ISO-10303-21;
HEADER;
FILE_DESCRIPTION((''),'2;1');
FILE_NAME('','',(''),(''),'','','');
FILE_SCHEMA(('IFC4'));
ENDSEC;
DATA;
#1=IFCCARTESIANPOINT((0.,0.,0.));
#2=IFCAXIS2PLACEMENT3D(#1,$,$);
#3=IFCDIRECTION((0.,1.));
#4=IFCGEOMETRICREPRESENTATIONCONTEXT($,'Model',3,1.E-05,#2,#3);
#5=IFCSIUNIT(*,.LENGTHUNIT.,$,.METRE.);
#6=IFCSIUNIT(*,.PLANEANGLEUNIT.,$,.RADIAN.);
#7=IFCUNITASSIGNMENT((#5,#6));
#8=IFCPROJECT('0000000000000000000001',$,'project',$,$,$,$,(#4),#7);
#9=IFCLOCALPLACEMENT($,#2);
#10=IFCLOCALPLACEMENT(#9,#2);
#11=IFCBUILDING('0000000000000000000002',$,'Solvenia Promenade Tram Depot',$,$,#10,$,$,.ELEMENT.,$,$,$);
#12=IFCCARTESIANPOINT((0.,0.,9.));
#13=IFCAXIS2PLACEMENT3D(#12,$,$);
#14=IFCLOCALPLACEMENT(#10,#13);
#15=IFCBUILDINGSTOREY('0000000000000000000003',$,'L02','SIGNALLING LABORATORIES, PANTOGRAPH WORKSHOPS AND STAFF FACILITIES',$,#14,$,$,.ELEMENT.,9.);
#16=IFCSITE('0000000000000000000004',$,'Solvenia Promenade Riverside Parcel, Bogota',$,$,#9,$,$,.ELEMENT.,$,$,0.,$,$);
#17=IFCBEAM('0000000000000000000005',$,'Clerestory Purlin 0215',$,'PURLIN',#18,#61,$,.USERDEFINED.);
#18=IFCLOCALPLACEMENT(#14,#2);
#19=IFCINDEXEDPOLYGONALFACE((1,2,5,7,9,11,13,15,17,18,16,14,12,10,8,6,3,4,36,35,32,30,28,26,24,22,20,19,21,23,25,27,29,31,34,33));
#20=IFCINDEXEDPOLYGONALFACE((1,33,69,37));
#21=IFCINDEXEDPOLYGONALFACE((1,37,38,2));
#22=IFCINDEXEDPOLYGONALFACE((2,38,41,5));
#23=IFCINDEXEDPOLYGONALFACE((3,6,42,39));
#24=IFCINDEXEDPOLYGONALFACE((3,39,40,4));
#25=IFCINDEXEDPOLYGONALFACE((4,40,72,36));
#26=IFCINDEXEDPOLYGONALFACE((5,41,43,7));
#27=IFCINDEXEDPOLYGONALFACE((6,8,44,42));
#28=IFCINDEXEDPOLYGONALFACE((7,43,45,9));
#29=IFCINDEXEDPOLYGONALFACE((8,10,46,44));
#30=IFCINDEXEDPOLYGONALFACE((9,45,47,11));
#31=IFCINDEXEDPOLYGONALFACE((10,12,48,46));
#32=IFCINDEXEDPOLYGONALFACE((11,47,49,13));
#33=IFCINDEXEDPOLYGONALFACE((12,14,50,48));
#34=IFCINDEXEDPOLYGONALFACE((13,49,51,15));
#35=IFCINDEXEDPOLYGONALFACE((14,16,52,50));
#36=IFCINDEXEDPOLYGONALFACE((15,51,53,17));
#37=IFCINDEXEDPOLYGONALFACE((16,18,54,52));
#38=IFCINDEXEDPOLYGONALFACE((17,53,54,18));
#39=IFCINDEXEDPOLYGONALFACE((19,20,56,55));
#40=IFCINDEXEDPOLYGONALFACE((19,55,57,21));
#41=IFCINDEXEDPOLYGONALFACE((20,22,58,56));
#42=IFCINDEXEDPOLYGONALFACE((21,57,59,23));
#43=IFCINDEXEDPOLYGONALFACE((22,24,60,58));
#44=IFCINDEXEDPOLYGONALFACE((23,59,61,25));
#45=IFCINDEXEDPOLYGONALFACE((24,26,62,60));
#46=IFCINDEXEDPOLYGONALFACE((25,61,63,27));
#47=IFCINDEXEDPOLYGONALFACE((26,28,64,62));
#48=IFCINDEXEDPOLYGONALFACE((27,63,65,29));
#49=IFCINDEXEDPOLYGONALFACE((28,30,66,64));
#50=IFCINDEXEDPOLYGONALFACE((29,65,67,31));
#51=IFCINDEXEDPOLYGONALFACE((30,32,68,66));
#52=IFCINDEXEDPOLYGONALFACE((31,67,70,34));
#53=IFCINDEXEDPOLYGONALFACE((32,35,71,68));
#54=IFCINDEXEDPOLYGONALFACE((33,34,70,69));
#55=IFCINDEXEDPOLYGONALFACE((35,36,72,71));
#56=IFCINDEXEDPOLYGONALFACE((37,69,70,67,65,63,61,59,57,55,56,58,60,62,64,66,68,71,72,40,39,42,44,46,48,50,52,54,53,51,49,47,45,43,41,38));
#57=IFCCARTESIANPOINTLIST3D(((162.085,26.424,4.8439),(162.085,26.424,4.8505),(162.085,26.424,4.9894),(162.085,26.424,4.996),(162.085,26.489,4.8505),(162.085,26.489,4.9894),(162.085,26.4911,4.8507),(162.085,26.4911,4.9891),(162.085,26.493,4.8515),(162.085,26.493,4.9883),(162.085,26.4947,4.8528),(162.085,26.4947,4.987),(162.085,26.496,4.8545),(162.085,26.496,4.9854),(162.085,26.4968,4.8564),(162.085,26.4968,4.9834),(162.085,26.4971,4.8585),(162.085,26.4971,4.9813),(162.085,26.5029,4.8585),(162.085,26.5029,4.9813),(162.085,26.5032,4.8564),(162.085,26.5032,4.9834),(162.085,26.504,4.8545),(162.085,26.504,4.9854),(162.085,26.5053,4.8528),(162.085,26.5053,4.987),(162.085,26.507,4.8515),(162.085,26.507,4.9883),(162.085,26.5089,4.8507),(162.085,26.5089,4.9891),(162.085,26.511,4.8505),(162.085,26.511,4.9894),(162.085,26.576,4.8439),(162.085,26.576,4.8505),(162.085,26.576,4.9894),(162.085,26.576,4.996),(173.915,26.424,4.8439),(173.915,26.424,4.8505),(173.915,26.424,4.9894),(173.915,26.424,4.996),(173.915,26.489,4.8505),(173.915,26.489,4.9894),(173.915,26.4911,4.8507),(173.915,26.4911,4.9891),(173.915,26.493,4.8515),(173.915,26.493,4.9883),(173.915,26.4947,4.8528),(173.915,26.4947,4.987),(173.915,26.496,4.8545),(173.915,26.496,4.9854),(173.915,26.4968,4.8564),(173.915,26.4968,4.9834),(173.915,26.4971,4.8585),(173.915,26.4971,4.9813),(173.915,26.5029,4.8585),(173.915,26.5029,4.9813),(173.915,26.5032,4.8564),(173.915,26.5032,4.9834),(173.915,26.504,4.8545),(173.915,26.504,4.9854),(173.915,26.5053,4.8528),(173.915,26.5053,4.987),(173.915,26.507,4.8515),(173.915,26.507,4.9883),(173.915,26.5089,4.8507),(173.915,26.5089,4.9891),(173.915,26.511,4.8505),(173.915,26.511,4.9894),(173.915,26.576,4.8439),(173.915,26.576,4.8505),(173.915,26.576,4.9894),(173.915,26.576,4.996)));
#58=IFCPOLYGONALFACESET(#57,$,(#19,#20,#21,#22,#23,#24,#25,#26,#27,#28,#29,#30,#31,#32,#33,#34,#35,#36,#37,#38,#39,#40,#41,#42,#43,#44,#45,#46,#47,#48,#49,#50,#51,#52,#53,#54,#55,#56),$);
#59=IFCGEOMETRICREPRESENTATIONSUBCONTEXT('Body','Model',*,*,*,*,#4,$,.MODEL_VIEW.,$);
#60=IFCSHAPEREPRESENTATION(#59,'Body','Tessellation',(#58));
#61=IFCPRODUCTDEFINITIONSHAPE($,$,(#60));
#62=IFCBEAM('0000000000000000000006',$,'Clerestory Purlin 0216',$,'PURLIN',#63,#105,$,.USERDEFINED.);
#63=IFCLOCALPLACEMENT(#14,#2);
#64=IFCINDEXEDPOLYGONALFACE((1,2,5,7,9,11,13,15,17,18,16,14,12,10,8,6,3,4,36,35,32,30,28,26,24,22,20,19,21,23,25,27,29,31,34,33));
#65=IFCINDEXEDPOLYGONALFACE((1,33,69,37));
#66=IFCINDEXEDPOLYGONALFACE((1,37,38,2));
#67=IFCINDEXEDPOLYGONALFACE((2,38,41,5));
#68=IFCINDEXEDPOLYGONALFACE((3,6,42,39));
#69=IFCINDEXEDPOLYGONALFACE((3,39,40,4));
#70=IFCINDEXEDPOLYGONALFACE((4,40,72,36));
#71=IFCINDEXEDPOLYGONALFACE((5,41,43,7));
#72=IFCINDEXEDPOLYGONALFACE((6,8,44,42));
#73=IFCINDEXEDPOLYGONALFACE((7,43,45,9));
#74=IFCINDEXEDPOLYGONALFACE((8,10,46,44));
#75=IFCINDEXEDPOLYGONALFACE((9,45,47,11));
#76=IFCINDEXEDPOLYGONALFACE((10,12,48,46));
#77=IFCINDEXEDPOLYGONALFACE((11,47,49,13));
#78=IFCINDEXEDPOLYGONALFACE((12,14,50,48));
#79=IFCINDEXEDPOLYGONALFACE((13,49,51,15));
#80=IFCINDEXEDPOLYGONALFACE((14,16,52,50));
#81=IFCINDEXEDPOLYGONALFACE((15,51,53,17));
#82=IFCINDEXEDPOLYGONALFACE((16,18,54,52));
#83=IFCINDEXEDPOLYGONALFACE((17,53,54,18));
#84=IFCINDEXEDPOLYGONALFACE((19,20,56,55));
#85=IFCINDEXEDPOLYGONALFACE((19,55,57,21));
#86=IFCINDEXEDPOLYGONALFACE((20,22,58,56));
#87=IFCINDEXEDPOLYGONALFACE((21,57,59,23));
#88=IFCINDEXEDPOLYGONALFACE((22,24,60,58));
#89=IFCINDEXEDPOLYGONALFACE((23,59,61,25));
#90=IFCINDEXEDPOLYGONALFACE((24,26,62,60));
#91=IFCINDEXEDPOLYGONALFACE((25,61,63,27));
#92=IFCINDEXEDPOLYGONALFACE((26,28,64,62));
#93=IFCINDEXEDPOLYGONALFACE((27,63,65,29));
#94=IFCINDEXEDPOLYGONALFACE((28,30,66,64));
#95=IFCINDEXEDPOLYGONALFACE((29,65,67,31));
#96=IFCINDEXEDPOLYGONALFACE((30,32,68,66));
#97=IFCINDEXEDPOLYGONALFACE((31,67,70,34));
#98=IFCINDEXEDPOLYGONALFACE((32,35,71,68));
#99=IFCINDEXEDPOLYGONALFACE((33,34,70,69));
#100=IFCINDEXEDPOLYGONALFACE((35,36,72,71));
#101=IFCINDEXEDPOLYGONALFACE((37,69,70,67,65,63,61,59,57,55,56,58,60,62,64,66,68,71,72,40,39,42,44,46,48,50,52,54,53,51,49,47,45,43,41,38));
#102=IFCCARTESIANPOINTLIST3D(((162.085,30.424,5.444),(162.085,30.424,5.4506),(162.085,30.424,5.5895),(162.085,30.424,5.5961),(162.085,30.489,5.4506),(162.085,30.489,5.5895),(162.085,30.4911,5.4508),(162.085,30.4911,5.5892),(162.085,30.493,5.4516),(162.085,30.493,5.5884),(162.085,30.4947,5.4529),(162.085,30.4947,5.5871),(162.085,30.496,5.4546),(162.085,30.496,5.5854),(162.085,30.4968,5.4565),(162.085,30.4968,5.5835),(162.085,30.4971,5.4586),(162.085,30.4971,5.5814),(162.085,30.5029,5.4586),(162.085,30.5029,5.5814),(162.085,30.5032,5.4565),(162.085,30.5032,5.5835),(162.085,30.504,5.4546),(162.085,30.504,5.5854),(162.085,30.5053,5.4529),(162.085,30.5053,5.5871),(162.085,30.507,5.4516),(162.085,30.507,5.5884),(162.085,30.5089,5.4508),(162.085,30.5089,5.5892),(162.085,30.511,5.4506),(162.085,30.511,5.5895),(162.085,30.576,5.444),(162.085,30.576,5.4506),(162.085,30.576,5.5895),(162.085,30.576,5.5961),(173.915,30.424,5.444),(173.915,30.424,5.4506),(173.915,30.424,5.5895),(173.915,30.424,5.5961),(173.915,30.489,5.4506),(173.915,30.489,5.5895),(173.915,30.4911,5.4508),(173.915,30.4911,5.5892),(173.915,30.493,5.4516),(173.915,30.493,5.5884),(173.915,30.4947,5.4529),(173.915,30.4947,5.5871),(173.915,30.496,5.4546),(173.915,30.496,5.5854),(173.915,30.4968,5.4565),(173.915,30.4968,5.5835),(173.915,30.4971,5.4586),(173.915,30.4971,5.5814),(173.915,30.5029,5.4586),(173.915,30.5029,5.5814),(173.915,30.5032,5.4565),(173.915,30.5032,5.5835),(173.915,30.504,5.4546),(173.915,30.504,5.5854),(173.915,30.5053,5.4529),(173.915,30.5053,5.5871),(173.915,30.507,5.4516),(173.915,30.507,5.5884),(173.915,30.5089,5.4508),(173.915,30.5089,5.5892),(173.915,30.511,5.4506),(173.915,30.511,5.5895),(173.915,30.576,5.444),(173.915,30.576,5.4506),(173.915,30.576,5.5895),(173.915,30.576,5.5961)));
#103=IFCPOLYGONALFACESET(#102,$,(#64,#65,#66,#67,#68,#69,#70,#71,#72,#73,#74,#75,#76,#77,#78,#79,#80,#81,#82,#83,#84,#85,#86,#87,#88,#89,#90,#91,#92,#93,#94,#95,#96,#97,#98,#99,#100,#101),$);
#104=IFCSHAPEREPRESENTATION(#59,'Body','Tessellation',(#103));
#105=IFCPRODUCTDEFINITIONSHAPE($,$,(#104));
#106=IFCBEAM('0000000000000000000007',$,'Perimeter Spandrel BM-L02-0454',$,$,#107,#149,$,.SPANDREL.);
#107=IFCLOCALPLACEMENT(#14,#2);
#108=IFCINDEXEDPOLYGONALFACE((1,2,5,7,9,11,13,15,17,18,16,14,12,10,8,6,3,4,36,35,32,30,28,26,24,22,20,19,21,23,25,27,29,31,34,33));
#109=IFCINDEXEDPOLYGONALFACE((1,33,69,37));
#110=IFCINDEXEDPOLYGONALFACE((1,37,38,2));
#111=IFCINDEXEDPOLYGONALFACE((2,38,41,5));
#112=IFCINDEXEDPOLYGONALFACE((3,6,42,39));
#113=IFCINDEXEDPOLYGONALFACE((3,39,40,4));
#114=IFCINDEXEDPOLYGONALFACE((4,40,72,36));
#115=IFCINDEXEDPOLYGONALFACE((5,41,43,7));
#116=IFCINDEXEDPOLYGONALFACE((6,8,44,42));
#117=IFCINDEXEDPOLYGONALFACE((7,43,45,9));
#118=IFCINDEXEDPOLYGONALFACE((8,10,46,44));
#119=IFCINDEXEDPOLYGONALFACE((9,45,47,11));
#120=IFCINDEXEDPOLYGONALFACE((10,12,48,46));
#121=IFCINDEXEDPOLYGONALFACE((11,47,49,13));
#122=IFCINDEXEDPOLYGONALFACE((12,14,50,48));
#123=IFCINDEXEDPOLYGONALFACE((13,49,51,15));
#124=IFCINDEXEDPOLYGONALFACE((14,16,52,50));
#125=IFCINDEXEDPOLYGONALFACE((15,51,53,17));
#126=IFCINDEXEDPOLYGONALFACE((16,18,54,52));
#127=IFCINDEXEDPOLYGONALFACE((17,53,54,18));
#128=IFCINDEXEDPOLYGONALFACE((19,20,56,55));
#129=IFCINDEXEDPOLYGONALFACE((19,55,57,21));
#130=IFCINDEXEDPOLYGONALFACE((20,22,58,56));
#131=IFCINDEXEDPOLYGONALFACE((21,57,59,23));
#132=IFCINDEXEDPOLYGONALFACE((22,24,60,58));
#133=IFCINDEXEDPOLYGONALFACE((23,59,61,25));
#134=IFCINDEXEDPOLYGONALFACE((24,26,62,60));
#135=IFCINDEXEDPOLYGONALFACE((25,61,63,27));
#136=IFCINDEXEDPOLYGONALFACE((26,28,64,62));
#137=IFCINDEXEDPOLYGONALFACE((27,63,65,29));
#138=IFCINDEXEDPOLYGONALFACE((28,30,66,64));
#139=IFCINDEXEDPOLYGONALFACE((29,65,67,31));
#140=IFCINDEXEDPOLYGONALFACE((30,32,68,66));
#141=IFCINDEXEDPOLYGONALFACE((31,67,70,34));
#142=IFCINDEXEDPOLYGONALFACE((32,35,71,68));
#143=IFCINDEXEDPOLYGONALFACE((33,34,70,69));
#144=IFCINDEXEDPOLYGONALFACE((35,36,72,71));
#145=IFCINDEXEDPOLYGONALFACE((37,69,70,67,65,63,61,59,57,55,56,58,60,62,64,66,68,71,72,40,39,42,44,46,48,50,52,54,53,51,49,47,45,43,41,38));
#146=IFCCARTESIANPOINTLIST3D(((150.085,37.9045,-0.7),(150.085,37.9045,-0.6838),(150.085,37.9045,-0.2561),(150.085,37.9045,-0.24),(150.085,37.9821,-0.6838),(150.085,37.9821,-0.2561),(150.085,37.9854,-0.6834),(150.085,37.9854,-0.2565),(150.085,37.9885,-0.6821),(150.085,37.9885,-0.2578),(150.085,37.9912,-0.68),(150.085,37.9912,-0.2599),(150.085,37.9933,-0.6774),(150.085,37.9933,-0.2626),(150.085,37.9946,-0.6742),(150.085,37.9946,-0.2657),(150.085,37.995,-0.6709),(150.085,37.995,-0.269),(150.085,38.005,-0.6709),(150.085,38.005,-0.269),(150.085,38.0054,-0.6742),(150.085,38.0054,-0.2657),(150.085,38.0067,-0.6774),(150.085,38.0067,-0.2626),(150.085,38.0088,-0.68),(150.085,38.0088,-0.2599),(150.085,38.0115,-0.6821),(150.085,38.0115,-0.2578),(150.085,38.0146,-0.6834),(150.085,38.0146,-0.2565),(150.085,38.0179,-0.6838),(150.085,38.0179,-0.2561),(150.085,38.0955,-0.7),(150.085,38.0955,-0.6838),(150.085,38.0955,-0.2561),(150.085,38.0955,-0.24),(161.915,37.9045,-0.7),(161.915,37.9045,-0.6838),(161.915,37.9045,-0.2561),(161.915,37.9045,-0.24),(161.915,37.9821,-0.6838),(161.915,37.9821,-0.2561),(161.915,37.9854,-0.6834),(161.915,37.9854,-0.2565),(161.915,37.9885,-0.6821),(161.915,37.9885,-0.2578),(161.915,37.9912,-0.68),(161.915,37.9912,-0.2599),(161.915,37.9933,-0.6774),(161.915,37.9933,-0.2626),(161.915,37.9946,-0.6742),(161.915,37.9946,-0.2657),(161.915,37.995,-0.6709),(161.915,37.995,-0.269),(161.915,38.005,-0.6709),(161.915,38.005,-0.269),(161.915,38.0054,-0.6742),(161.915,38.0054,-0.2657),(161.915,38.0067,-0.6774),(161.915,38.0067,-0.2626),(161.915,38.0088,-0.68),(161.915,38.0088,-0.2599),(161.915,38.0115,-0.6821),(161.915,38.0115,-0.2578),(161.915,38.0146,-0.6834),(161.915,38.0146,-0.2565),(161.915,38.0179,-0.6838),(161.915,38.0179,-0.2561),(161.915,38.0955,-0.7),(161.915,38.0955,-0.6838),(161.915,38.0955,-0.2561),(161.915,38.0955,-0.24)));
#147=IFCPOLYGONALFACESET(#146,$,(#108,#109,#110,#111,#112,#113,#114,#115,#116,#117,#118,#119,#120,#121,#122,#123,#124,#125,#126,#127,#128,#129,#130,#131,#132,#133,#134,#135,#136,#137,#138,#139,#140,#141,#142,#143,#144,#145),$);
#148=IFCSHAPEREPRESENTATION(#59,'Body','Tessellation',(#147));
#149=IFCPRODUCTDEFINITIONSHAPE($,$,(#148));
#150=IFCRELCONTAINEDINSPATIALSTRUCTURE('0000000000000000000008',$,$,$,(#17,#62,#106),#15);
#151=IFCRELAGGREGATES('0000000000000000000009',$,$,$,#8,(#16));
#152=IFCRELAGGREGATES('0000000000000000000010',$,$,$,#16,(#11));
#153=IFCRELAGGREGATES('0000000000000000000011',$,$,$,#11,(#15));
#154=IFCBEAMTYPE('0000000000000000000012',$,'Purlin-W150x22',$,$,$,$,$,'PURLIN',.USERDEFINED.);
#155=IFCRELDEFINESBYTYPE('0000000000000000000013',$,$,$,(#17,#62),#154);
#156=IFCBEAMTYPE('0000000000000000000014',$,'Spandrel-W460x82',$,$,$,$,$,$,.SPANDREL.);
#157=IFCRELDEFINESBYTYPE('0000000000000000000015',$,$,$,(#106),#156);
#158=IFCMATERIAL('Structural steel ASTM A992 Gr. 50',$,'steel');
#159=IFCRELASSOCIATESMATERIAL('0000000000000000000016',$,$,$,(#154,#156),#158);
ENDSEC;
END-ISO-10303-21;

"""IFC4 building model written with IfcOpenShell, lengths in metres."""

from ifc_helpers import new_model, si_unit, direction, frame, origin, origin_2d, place, context, subcontext, project, spatial, i_section, extrude, material, material_profile, profile_set, type_object, element, save


model = new_model("IFC4")

# Units and contexts
model_context = context("Model", 3, precision=1e-05, world=origin(), true_north=direction((0.0, 1.0)))
body_context = subcontext(model_context, "Body", "Model", "MODEL_VIEW")
ifc_project = project(units=[si_unit("LENGTHUNIT", "METRE"), si_unit("PLANEANGLEUNIT", "RADIAN")], contexts=[model_context])

# Site, building, storey
site_placement = place(None, origin())
site = spatial("IfcSite", under=ifc_project, at=site_placement, Name="Solvenia Promenade Riverside Parcel, Bogota", CompositionType="ELEMENT", RefElevation=0.0)
building_placement = place(site_placement, origin())
building = spatial("IfcBuilding", under=site, at=building_placement, Name="Solvenia Promenade Tram Depot", CompositionType="ELEMENT")
storey_placement = place(building_placement, frame((0.0, 0.0, 9.0)))
storey = spatial("IfcBuildingStorey", under=building, at=storey_placement, Name="L02", Description="SIGNALLING LABORATORIES, PANTOGRAPH WORKSHOPS AND STAFF FACILITIES", CompositionType="ELEMENT", Elevation=9.0)

# Shared definitions
ifc_material_1 = material(Name="Structural steel ASTM A992 Gr. 50", Category="steel")

# Beams
ifc_material_profile_1 = material_profile(ifc_material_1, i_section(OverallWidth=0.1521, OverallDepth=0.1521, WebThickness=0.0059, FlangeThickness=0.0066, FilletRadius=0.0081, at=origin_2d()), Name="W150x22", Category="steel")
ifc_profile_set_1 = profile_set([ifc_material_profile_1], Name="Structural steel ASTM A992 Gr. 50")
beam_type_1 = type_object("IfcBeamType", Name="Purlin-W150x22", ElementType="PURLIN", PredefinedType="USERDEFINED", material=ifc_profile_set_1)
for number, where, z_axis, x_axis, name in (
    (1, (162.085, 26.5, 4.9199), (1.0, 0.0, 0.0), (0.0, 1.0, 0.0), "Clerestory Purlin 0215"),
    (2, (162.085, 30.5, 5.52), (1.0, 0.0, 0.0), (0.0, 1.0, 0.0), "Clerestory Purlin 0216"),
):
    element("IfcBeam", number, at=place(storey_placement, frame(where, z_axis=z_axis, x_axis=x_axis)), inside=storey, type_object=beam_type_1, Name=name, ObjectType="PURLIN", PredefinedType="USERDEFINED", context=body_context, shape_type="SweptSolid", body=[
        extrude(i_section(OverallWidth=0.1521, OverallDepth=0.1521, WebThickness=0.0059, FlangeThickness=0.0066, FilletRadius=0.0081, at=origin_2d()), origin(), (0.0, 0.0, 1.0), 11.8301),
    ])
ifc_material_profile_2 = material_profile(ifc_material_1, i_section(OverallWidth=0.1909, OverallDepth=0.46, WebThickness=0.01, FlangeThickness=0.0161, FilletRadius=0.0129, at=origin_2d()), Name="W460x82", Category="steel")
ifc_profile_set_2 = profile_set([ifc_material_profile_2], Name="Structural steel ASTM A992 Gr. 50")
beam_type_2 = type_object("IfcBeamType", Name="Spandrel-W460x82", PredefinedType="SPANDREL", material=ifc_profile_set_2)
beam_1_placement = place(storey_placement, frame((150.085, 38.0, -0.47), z_axis=(1.0, 0.0, 0.0), x_axis=(0.0, 1.0, 0.0)))
element("IfcBeam", 3, at=beam_1_placement, inside=storey, type_object=beam_type_2, Name="Perimeter Spandrel BM-L02-0454", PredefinedType="SPANDREL", context=body_context, shape_type="SweptSolid", body=[
    extrude(i_section(OverallWidth=0.1909, OverallDepth=0.46, WebThickness=0.01, FlangeThickness=0.0161, FilletRadius=0.0129, at=origin_2d()), origin(), (0.0, 0.0, 1.0), 11.8301),
])

save(model, "model.ifc")
